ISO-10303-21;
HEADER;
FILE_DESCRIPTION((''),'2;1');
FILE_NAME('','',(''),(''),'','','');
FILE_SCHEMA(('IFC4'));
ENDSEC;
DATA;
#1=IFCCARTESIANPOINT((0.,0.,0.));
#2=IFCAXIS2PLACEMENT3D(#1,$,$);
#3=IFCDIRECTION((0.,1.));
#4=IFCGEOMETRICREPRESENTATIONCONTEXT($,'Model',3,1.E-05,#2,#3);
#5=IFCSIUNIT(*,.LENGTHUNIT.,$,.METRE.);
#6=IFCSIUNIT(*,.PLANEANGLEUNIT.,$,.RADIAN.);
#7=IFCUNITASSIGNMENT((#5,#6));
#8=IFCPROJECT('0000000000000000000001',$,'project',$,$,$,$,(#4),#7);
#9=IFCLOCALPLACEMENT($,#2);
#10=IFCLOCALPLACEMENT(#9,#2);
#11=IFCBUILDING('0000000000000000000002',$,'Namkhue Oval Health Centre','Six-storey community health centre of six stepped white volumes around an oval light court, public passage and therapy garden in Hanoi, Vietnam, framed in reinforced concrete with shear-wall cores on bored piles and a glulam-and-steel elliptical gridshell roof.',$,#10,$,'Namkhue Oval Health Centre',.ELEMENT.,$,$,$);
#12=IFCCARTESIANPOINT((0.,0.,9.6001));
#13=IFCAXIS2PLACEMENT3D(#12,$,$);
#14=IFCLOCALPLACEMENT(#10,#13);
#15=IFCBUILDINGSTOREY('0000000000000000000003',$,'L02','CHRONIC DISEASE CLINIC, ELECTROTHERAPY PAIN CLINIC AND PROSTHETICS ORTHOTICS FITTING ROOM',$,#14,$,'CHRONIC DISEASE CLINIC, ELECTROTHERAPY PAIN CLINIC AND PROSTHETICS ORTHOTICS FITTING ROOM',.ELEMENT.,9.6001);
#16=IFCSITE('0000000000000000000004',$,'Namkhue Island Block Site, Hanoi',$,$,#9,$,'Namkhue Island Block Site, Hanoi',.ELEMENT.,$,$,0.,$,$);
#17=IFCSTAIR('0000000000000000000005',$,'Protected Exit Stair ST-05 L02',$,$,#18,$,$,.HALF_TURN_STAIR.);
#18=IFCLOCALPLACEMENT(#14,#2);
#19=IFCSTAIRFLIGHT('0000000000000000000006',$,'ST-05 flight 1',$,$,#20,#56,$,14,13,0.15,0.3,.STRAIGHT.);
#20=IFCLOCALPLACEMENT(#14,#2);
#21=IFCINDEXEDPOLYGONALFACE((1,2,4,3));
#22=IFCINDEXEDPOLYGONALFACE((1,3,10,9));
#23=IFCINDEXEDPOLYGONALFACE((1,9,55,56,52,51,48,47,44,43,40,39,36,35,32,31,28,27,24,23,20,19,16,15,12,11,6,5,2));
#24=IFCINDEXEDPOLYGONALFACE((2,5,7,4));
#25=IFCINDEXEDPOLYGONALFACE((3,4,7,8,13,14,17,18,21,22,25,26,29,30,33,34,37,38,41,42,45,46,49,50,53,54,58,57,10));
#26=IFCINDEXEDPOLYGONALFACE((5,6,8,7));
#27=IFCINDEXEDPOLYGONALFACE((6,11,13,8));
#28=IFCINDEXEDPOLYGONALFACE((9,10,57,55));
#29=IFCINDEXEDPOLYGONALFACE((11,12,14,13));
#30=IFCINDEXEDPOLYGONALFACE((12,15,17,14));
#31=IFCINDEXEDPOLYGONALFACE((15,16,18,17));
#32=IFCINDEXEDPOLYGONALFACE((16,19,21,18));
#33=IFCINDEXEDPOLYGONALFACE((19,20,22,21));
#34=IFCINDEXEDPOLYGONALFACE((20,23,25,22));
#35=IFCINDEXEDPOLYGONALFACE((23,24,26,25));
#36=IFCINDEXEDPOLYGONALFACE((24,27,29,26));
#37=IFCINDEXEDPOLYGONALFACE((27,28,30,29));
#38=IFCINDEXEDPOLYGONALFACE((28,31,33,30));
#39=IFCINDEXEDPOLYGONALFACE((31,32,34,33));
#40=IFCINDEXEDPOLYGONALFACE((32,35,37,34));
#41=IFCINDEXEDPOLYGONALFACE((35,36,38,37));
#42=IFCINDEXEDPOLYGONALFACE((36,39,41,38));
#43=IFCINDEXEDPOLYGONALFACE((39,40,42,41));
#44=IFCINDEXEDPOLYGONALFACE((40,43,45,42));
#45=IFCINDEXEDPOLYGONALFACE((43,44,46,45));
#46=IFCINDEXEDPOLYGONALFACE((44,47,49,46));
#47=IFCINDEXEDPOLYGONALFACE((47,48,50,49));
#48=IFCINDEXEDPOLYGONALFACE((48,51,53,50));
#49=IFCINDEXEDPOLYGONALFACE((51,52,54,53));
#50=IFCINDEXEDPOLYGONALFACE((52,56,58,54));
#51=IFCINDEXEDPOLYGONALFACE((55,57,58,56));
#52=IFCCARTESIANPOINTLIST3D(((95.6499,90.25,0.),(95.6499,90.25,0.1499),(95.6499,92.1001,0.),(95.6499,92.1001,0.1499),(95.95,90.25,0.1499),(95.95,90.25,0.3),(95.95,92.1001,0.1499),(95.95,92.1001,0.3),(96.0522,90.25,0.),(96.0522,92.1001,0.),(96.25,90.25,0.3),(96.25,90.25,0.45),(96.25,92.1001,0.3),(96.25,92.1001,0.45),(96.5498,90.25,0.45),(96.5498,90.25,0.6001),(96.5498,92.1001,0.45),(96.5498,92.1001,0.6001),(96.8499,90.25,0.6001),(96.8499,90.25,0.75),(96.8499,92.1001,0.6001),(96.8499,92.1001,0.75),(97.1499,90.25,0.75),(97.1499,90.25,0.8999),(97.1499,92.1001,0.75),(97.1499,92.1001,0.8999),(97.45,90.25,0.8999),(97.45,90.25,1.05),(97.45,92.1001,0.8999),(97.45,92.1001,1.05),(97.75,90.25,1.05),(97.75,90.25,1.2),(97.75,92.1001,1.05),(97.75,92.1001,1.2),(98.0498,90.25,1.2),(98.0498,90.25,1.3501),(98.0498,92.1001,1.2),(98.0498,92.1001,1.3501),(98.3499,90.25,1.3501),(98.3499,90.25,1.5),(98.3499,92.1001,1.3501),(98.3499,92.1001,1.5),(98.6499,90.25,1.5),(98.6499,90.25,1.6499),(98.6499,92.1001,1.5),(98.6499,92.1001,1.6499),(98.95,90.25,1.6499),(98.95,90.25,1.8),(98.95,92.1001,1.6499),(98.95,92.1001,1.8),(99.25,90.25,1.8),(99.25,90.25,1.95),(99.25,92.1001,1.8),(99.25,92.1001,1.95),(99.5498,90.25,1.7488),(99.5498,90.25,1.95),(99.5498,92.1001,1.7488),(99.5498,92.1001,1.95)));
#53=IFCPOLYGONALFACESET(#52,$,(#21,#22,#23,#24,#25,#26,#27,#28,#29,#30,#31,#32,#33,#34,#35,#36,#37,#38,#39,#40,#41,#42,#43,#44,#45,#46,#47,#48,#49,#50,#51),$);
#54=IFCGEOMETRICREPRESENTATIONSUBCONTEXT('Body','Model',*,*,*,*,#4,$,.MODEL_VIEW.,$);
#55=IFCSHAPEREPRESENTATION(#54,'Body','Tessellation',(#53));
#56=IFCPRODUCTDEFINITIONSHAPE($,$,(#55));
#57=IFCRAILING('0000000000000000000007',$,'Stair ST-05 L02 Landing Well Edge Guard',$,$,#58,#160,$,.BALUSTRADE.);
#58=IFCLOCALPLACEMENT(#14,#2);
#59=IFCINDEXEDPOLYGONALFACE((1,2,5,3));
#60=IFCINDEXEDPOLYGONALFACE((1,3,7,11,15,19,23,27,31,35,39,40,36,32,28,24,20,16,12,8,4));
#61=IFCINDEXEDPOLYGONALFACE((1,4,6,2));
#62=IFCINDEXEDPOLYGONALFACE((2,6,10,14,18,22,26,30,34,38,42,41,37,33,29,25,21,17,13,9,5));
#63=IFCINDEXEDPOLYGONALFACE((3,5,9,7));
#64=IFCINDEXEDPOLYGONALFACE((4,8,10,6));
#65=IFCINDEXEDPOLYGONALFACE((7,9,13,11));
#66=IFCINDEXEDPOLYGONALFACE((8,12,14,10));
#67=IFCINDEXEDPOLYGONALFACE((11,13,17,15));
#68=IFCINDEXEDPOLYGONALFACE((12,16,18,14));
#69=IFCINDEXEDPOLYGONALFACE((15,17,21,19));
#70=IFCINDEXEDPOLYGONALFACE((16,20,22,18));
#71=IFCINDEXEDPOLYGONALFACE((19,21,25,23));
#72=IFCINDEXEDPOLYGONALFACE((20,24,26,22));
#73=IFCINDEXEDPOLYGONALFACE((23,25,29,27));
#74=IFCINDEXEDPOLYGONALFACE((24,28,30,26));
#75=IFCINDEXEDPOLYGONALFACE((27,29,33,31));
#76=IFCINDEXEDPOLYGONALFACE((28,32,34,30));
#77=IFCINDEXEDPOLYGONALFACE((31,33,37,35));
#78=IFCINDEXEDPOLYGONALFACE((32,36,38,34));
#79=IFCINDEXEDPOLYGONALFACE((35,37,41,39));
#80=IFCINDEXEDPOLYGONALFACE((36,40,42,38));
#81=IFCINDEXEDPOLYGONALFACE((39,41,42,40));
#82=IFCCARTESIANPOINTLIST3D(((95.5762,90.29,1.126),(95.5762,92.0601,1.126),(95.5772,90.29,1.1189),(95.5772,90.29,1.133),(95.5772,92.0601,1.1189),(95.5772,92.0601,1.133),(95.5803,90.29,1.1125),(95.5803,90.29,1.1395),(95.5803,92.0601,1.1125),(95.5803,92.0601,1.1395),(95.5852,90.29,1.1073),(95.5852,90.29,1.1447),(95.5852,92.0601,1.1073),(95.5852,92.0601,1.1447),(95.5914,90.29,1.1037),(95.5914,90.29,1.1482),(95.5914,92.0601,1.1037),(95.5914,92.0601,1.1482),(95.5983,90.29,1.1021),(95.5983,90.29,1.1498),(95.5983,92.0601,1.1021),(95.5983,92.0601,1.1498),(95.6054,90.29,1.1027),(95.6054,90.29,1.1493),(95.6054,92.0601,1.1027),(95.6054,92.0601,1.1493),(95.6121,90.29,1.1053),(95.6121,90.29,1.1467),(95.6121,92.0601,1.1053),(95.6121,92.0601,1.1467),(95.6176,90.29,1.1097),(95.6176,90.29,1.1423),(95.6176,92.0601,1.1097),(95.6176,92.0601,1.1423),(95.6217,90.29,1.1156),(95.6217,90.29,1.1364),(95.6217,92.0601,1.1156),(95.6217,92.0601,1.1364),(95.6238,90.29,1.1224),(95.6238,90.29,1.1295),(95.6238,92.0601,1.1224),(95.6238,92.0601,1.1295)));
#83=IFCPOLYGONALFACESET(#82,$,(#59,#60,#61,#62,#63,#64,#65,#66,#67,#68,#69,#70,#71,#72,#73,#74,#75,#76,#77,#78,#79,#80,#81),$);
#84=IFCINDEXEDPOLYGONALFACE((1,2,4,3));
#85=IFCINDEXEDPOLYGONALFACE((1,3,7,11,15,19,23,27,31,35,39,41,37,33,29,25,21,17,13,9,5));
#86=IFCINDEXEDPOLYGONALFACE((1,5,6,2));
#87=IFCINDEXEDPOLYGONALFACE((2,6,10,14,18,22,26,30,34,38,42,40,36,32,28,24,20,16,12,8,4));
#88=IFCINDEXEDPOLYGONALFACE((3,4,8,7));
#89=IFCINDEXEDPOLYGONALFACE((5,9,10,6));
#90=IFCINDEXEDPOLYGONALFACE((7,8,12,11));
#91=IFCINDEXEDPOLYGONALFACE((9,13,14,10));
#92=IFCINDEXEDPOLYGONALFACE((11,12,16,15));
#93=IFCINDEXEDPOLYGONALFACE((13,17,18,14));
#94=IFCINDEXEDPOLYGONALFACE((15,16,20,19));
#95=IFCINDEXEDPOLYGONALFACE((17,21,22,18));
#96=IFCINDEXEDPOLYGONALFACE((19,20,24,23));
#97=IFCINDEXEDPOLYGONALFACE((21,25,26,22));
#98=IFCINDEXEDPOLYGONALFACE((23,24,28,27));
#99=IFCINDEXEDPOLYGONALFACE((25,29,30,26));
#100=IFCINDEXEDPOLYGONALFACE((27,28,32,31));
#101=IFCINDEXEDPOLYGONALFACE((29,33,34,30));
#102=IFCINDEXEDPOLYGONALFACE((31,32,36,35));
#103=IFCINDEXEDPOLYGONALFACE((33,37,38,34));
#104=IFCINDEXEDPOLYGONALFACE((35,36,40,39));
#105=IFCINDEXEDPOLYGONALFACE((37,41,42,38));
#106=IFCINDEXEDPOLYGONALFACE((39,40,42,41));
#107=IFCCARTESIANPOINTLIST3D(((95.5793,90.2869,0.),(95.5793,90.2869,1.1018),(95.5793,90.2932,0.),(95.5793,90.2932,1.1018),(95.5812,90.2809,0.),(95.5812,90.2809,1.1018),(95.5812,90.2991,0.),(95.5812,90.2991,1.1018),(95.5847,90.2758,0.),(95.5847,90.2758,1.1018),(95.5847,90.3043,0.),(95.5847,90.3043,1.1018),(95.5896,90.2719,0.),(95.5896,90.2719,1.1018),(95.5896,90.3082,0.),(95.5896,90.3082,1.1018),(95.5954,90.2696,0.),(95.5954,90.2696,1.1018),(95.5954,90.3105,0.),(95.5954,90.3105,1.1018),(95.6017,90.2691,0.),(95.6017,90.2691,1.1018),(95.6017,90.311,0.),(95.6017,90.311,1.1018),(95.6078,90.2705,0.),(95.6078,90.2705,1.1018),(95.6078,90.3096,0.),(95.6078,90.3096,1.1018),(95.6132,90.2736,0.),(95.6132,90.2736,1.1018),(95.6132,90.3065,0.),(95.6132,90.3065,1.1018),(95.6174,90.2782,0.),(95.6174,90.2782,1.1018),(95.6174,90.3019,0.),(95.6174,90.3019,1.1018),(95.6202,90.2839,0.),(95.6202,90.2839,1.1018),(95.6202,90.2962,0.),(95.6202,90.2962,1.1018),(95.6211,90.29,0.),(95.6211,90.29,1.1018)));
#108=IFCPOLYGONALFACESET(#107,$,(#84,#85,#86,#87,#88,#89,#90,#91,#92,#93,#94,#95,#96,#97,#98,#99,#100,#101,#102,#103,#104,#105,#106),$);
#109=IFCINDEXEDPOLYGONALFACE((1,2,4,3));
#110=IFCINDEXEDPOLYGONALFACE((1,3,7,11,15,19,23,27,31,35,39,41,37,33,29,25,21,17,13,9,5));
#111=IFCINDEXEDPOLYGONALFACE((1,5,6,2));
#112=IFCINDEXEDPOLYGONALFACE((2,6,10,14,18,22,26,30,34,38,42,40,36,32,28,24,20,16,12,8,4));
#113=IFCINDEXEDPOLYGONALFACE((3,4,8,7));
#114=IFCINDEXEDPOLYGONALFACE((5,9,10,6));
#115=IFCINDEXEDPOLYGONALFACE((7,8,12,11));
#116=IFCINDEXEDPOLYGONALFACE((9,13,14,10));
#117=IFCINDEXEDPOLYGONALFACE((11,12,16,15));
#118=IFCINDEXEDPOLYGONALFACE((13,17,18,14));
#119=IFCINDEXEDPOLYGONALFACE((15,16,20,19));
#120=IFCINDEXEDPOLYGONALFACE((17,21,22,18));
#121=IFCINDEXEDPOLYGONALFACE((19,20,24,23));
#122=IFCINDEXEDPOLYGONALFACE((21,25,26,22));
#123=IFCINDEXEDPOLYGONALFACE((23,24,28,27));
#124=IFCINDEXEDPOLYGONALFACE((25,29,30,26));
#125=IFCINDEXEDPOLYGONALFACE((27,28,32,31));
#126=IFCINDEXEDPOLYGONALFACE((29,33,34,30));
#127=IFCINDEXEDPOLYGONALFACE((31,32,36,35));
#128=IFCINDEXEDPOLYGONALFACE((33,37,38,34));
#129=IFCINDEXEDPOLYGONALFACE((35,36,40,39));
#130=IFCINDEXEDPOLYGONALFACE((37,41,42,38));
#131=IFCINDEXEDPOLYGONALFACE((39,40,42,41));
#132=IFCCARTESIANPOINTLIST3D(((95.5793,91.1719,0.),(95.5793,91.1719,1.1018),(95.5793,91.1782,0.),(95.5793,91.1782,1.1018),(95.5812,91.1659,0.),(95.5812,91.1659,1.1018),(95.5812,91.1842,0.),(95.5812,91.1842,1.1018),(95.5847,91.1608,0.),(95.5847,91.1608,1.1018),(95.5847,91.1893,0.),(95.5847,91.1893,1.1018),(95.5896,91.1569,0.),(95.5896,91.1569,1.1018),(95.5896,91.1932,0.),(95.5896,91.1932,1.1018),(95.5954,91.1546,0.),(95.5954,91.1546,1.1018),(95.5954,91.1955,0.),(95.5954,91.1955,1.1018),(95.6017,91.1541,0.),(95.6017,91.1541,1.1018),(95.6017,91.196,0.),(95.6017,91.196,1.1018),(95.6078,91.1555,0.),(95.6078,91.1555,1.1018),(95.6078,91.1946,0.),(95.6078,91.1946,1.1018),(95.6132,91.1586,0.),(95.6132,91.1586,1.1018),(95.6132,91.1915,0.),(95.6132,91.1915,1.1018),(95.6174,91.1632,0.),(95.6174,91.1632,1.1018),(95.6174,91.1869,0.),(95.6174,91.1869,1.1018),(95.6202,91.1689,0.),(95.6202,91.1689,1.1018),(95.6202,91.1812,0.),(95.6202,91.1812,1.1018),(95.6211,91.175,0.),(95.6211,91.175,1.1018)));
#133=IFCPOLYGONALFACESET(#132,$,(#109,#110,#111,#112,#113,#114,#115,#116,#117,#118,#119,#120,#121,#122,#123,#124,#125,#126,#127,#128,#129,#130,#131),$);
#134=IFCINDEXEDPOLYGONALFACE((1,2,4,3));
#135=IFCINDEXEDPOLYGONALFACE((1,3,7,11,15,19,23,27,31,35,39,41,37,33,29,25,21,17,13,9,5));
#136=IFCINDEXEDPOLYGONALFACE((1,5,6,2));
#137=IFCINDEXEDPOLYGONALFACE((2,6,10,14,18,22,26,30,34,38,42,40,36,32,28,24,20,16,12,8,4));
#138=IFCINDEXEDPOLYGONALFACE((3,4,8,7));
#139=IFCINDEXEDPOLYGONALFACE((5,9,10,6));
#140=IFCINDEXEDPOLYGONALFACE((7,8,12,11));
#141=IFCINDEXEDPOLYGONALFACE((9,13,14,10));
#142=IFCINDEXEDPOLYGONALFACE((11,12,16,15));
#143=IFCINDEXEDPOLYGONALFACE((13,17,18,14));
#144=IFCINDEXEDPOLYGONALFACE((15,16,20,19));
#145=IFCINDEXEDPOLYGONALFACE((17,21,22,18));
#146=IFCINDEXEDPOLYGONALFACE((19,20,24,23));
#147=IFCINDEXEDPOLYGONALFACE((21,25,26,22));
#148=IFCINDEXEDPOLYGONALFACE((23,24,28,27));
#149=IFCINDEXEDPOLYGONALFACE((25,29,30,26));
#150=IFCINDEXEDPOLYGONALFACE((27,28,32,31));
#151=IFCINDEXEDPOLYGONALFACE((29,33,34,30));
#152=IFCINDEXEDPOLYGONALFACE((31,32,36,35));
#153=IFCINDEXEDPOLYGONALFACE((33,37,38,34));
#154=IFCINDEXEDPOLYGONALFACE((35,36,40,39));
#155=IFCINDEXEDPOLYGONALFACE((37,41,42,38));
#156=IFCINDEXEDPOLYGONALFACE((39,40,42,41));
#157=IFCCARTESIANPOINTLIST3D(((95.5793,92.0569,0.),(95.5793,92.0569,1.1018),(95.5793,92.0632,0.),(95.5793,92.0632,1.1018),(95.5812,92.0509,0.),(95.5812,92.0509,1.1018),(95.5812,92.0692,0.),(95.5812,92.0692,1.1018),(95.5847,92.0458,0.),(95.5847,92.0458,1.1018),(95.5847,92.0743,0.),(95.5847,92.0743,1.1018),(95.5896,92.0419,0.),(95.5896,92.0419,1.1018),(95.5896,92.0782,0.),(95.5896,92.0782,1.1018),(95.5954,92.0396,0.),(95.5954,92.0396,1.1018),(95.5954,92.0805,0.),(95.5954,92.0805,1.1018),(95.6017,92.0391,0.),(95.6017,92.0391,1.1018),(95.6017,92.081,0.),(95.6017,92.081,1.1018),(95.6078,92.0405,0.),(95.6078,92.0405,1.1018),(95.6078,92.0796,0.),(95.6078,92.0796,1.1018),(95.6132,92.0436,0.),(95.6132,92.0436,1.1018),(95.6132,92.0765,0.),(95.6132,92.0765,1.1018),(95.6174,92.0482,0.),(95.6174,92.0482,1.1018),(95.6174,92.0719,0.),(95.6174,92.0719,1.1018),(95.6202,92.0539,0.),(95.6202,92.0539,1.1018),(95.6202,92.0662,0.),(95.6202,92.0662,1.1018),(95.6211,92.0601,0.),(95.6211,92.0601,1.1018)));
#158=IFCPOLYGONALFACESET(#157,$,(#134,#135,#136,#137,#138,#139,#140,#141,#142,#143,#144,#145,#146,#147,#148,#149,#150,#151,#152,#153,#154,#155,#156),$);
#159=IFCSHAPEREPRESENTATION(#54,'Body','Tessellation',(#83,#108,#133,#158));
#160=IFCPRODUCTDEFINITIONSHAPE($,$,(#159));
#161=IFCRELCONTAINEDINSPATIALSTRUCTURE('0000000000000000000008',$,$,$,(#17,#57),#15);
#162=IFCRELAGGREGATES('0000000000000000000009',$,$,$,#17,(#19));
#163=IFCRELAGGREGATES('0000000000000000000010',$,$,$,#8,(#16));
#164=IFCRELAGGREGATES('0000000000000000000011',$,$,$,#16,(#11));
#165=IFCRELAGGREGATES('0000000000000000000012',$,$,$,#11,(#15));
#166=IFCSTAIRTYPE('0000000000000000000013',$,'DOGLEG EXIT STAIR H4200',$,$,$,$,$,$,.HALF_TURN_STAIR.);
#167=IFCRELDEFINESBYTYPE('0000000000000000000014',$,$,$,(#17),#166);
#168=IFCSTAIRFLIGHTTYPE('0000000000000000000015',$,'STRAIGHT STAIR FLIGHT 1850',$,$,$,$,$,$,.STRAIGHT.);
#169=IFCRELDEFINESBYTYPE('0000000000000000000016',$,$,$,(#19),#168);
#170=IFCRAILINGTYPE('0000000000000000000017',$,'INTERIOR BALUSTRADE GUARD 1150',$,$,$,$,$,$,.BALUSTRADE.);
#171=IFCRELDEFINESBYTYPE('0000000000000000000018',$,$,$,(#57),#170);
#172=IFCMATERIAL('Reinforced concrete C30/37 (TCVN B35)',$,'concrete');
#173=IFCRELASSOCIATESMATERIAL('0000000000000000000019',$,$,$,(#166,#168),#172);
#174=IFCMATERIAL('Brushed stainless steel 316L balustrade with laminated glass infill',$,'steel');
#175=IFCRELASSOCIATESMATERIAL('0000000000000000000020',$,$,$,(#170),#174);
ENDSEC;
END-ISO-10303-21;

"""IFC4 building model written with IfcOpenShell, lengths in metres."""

from ifc_helpers import new_model, si_unit, direction, frame, origin, origin_2d, place, context, subcontext, project, spatial, polyline, circle, outline, extrude, material, type_object, element, aggregate, save


model = new_model("IFC4")

# Units and contexts
model_context = context("Model", 3, precision=1e-05, world=origin(), true_north=direction((0.0, 1.0)))
body_context = subcontext(model_context, "Body", "Model", "MODEL_VIEW")
ifc_project = project(units=[si_unit("LENGTHUNIT", "METRE"), si_unit("PLANEANGLEUNIT", "RADIAN")], contexts=[model_context])

# Site, building, storey
site_placement = place(None, origin())
site = spatial("IfcSite", under=ifc_project, at=site_placement, Name="Namkhue Island Block Site, Hanoi", LongName="Namkhue Island Block Site, Hanoi", CompositionType="ELEMENT", RefElevation=0.0)
building_placement = place(site_placement, origin())
building = spatial("IfcBuilding", under=site, at=building_placement, Name="Namkhue Oval Health Centre", Description="Six-storey community health centre of six stepped white volumes around an oval light court, public passage and therapy garden in Hanoi, Vietnam, framed in reinforced concrete with shear-wall cores on bored piles and a glulam-and-steel elliptical gridshell roof.", LongName="Namkhue Oval Health Centre", CompositionType="ELEMENT")
storey_placement = place(building_placement, frame((0.0, 0.0, 9.6001)))
storey = spatial("IfcBuildingStorey", under=building, at=storey_placement, Name="L02", Description="CHRONIC DISEASE CLINIC, ELECTROTHERAPY PAIN CLINIC AND PROSTHETICS ORTHOTICS FITTING ROOM", LongName="CHRONIC DISEASE CLINIC, ELECTROTHERAPY PAIN CLINIC AND PROSTHETICS ORTHOTICS FITTING ROOM", CompositionType="ELEMENT", Elevation=9.6001)

# Stair, stair flight
ifc_material_1 = material(Name="Reinforced concrete C30/37 (TCVN B35)", Category="concrete")
stair_type = type_object("IfcStairType", Name="DOGLEG EXIT STAIR H4200", PredefinedType="HALF_TURN_STAIR", material=ifc_material_1)
stair_placement = place(storey_placement, origin())
stair = element("IfcStair", 1, at=stair_placement, inside=storey, type_object=stair_type, Name="Protected Exit Stair ST-05 L02", PredefinedType="HALF_TURN_STAIR")
stair_flight_type = type_object("IfcStairFlightType", Name="STRAIGHT STAIR FLIGHT 1850", PredefinedType="STRAIGHT", material=ifc_material_1)
stair_flight_placement = place(storey_placement, frame((95.6499, 91.175, 0.0), z_axis=(0.0, 0.0, 1.0), x_axis=(1.0, 0.0, 0.0)))
stair_flight = element("IfcStairFlight", 2, at=stair_flight_placement, type_object=stair_flight_type, Name="ST-05 flight 1", NumberOfRisers=14, NumberOfTreads=13, PredefinedType="STRAIGHT", RiserHeight=0.15, TreadLength=0.3, context=body_context, shape_type="SweptSolid", body=[
    extrude(outline(polyline([(0.0, 0.0), (0.0, 0.1499), (0.3, 0.1499), (0.3, 0.3), (0.6001, 0.3), (0.6001, 0.45), (0.8999, 0.45), (0.8999, 0.6001), (1.2, 0.6001), (1.2, 0.75), (1.5, 0.75), (1.5, 0.8999), (1.8, 0.8999), (1.8, 1.05), (2.1001, 1.05), (2.1001, 1.2), (2.3999, 1.2), (2.3999, 1.3501), (2.7, 1.3501), (2.7, 1.5), (3.0, 1.5), (3.0, 1.6499), (3.3, 1.6499), (3.3, 1.8), (3.6001, 1.8), (3.6001, 1.95), (3.8999, 1.95), (3.8999, 2.1001), (3.8999, 1.7488), (0.4023, 0.0), (0.0, 0.0)])), frame((0.0, 0.925, 0.0), z_axis=(0.0, -1.0, 0.0), x_axis=(1.0, 0.0, 0.0)), (0.0, 0.0, 1.0), 1.8501),
])
aggregate(stair, [stair_flight])

# Railing
ifc_material_2 = material(Name="Brushed stainless steel 316L balustrade with laminated glass infill", Category="steel")
railing_type_1 = type_object("IfcRailingType", Name="INTERIOR BALUSTRADE GUARD 1150", PredefinedType="BALUSTRADE", material=ifc_material_2)
railing_1_placement = place(storey_placement, frame((95.6001, 90.29, 0.0)))
element("IfcRailing", 3, at=railing_1_placement, inside=storey, type_object=railing_type_1, Name="Stair ST-05 L02 Landing Well Edge Guard", PredefinedType="BALUSTRADE", context=body_context, shape_type="SweptSolid", body=[
    extrude(circle(Radius=0.0239, at=origin_2d()), frame((0.0, 0.0, 1.126), z_axis=(0.0, 1.0, 0.0), x_axis=(-1.0, 0.0, 0.0)), (0.0, 0.0, 1.0), 1.77),
    extrude(circle(Radius=0.021, at=origin_2d()), origin(), (0.0, 0.0, 1.0), 1.1018),
    extrude(circle(Radius=0.021, at=origin_2d()), frame((0.0, 0.885, 0.0)), (0.0, 0.0, 1.0), 1.1018),
    extrude(circle(Radius=0.021, at=origin_2d()), frame((0.0, 1.77, 0.0)), (0.0, 0.0, 1.0), 1.1018),
])

save(model, "model.ifc")
